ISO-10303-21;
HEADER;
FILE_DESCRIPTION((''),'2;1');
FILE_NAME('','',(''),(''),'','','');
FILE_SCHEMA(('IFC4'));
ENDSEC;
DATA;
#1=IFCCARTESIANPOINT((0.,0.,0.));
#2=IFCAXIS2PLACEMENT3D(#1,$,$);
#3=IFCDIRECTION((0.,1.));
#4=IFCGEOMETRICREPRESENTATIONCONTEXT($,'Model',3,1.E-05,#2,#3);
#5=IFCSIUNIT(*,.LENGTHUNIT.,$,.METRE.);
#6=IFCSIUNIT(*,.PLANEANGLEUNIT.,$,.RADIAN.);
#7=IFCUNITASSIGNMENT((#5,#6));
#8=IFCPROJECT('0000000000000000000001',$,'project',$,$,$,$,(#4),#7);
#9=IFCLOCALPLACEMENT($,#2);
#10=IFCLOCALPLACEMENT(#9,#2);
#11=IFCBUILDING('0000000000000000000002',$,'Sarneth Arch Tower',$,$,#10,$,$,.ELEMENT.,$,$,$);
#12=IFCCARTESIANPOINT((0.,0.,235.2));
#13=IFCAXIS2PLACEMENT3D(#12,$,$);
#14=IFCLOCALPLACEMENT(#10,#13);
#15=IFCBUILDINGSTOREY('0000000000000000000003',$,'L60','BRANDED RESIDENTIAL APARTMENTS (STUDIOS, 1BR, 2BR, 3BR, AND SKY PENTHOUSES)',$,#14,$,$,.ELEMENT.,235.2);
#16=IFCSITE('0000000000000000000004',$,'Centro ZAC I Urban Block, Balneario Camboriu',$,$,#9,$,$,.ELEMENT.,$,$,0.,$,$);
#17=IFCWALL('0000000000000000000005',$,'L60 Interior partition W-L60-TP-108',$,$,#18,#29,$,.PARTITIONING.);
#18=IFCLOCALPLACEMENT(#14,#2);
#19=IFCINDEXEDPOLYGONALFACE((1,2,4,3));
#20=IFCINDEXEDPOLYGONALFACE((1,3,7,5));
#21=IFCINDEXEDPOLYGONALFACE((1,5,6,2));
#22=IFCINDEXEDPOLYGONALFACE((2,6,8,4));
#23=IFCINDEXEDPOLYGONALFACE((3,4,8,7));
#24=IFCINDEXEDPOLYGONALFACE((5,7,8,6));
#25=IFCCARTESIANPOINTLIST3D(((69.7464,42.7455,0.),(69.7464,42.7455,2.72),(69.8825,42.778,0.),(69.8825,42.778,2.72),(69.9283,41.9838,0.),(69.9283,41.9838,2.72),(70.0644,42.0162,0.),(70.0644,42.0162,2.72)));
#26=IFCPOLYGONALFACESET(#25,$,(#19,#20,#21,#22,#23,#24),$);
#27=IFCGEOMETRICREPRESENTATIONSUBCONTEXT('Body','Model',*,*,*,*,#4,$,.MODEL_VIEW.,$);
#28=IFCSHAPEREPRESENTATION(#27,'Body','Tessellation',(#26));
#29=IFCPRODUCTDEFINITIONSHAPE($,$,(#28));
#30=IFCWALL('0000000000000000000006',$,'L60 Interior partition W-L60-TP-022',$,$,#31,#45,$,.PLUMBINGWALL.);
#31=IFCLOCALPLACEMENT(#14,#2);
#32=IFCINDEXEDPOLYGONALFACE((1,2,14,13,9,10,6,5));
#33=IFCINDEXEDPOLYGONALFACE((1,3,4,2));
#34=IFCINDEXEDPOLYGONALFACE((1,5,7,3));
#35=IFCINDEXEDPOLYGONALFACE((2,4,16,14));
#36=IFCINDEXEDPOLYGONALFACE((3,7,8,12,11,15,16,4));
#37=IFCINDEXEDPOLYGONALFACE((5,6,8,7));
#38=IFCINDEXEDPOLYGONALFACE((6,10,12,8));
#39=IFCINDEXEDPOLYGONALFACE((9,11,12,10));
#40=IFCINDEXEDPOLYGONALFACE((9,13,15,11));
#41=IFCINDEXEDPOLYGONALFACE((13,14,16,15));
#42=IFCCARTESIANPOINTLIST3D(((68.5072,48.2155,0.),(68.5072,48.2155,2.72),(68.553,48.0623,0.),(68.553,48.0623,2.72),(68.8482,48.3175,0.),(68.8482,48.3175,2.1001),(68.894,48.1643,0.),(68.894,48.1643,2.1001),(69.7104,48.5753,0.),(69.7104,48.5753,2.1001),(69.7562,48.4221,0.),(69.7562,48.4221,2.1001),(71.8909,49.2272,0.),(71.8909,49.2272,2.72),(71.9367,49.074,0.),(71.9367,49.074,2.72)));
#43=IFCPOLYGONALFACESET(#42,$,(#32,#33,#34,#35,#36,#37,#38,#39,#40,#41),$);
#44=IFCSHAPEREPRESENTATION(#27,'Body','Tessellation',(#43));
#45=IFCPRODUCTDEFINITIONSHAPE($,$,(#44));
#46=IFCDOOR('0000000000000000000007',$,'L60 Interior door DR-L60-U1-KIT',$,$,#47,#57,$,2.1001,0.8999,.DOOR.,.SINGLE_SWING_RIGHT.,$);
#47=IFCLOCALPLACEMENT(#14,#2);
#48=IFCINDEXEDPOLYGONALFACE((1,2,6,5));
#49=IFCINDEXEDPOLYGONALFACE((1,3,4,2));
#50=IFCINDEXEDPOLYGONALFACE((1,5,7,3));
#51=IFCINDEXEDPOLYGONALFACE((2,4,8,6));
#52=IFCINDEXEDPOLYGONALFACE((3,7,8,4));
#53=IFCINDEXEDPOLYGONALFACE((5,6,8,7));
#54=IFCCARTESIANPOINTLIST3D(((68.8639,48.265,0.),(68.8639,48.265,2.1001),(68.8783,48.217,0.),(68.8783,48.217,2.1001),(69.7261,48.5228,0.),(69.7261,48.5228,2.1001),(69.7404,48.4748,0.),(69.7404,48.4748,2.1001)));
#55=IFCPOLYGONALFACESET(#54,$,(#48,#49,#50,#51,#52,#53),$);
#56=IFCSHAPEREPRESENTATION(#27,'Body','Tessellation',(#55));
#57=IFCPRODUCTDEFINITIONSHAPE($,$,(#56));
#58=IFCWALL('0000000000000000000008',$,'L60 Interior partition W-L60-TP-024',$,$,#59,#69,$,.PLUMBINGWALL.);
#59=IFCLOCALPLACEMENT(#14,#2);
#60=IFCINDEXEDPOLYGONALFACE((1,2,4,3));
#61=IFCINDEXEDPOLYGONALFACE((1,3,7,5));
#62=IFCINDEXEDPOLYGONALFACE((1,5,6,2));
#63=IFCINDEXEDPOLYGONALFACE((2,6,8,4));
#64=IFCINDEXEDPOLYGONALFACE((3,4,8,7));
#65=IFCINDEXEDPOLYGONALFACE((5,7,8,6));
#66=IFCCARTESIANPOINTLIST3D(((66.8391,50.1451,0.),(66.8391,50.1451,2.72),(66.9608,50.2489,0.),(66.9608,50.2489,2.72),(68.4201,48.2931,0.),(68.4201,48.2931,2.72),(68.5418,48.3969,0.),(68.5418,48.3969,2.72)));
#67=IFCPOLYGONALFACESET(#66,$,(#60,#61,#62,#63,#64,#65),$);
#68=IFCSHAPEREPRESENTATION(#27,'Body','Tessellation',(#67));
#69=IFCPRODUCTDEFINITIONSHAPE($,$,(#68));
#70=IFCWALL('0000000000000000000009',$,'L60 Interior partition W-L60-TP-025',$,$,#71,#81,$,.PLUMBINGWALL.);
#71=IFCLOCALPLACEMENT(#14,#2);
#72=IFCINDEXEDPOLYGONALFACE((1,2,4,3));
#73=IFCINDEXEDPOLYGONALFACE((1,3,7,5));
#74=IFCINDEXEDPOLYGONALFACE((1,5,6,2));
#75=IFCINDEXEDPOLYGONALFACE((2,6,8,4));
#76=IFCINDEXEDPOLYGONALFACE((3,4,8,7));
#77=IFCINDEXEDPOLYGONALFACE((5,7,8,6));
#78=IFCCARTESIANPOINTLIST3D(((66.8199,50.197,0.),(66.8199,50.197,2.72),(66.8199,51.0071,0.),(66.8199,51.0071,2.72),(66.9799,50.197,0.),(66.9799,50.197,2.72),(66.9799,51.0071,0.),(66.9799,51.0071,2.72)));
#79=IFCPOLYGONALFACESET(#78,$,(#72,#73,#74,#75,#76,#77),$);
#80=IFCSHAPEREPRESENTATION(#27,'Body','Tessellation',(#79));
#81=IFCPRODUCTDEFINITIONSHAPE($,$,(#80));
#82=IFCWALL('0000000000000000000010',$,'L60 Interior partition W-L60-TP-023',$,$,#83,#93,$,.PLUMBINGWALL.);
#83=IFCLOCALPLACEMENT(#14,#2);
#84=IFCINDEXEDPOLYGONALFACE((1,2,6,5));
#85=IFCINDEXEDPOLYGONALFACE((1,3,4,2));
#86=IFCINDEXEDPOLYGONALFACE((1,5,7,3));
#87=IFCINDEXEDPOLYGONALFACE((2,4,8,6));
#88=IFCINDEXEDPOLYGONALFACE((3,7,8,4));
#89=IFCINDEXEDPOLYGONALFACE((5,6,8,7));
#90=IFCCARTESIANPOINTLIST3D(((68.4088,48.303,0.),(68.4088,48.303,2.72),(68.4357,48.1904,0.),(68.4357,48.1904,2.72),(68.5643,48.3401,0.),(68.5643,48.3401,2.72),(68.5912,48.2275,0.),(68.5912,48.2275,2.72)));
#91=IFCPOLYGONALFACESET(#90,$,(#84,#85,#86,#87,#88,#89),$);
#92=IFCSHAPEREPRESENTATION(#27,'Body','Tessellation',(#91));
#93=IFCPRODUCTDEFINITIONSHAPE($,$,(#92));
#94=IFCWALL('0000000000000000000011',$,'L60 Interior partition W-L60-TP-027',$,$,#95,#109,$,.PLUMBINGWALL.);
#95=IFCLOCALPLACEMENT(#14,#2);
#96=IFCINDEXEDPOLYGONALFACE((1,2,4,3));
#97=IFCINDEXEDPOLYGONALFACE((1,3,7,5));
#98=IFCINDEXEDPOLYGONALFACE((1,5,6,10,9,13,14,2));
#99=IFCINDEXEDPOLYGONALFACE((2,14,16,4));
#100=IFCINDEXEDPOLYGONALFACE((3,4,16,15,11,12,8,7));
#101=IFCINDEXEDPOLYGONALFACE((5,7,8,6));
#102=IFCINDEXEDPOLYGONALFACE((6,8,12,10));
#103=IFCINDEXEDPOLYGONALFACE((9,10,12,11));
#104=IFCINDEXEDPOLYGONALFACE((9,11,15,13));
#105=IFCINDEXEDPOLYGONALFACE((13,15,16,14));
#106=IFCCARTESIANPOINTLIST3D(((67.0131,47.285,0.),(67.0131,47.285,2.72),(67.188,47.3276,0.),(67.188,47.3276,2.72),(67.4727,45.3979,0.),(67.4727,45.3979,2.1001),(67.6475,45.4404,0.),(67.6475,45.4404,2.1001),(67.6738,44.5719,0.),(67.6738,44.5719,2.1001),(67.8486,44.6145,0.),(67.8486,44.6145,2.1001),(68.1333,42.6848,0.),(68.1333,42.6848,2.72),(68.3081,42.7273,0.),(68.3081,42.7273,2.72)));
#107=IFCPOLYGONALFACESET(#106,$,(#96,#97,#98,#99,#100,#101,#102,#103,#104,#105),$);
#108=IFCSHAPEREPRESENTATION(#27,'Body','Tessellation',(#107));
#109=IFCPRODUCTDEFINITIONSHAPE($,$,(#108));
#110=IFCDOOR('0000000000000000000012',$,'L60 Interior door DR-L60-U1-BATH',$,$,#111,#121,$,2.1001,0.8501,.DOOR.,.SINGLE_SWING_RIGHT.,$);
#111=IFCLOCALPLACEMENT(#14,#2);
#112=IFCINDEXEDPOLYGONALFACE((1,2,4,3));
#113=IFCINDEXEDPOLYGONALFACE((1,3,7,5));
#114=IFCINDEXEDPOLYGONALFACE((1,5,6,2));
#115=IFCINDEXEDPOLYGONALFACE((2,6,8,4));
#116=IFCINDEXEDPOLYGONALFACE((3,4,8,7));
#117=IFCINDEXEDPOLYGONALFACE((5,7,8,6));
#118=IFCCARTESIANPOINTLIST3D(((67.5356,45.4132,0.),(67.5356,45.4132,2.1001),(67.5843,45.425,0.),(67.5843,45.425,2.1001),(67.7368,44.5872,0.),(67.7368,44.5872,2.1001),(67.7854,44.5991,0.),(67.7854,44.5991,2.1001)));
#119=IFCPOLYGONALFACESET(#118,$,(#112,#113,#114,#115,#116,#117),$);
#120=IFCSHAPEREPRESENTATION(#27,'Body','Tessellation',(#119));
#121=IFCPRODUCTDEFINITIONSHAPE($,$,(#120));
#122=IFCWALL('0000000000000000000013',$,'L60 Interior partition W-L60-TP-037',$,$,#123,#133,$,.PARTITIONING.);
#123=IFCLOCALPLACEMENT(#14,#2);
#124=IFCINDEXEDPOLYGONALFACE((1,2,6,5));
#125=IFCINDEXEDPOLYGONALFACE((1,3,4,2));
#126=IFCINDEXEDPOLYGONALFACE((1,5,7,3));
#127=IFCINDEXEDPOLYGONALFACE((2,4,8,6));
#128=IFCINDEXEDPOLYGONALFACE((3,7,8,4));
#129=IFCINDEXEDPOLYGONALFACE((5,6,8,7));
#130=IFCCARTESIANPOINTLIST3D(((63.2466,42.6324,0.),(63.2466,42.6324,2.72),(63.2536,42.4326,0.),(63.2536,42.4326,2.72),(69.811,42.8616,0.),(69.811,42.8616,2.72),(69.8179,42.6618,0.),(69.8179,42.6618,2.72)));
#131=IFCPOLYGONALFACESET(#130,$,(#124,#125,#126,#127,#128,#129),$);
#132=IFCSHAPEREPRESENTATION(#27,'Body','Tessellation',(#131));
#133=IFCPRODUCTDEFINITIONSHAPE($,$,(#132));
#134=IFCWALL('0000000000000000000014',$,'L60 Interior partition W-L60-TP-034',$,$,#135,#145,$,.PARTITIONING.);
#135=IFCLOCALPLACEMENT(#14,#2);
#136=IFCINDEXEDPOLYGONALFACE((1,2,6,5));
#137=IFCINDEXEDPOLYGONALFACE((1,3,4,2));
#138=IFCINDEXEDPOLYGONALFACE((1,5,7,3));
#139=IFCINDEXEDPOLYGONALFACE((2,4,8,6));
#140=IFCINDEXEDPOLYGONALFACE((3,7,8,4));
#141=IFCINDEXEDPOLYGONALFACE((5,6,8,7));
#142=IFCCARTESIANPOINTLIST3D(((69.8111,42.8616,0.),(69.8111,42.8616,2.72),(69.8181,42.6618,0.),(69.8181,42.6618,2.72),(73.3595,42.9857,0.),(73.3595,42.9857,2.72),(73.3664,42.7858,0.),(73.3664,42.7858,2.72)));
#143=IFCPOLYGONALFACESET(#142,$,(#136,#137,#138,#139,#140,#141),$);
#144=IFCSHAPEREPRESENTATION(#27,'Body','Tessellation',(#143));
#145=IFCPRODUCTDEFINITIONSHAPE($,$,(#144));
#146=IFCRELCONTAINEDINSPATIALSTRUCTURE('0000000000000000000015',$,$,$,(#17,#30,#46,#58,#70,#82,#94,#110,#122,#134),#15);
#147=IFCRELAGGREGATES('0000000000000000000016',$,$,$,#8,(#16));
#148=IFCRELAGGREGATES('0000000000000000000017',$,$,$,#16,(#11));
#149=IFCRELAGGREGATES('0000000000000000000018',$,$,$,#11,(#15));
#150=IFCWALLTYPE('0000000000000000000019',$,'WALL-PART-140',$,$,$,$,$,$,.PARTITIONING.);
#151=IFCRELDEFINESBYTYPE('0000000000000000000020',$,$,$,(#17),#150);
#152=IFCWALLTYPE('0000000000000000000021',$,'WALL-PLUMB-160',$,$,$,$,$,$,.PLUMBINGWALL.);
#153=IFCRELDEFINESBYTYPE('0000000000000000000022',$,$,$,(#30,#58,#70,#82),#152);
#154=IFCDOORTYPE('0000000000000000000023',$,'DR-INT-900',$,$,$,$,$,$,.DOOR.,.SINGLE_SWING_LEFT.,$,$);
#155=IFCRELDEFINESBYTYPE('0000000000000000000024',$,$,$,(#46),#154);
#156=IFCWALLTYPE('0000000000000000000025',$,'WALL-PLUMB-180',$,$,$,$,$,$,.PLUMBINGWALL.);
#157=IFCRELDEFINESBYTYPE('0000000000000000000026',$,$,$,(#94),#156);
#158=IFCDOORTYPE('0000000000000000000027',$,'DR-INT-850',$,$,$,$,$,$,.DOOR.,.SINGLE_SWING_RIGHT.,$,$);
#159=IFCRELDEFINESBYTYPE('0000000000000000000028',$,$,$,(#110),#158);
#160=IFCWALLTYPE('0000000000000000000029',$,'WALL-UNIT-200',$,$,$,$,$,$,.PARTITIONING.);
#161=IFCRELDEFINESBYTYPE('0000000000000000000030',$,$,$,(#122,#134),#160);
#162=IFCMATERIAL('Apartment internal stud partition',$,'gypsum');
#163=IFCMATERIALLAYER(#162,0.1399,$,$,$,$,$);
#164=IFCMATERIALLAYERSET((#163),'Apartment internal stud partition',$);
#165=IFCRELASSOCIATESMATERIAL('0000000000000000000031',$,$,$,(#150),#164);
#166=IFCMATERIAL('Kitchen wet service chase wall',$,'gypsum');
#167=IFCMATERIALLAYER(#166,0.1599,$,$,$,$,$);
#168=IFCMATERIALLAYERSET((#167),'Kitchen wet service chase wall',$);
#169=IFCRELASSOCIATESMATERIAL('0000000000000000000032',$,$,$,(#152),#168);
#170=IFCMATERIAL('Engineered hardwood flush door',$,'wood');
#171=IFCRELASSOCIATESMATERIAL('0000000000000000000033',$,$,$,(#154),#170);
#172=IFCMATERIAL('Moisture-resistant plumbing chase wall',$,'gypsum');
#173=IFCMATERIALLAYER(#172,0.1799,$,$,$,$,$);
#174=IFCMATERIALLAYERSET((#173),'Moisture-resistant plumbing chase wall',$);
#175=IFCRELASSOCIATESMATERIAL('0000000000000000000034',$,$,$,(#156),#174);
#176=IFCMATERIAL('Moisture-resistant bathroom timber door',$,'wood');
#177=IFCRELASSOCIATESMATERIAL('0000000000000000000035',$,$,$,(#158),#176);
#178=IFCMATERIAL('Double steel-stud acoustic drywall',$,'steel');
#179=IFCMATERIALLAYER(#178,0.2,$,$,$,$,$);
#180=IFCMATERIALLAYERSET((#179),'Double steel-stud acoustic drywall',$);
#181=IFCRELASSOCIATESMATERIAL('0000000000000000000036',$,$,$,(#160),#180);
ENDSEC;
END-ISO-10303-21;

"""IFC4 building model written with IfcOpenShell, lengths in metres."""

from ifc_helpers import new_model, si_unit, direction, frame, frame_2d, origin, place, context, subcontext, project, spatial, rectangle, extrude, material, layer, layer_set, type_object, element, fill, save


model = new_model("IFC4")

# Units and contexts
model_context = context("Model", 3, precision=1e-05, world=origin(), true_north=direction((0.0, 1.0)))
body_context = subcontext(model_context, "Body", "Model", "MODEL_VIEW")
ifc_project = project(units=[si_unit("LENGTHUNIT", "METRE"), si_unit("PLANEANGLEUNIT", "RADIAN")], contexts=[model_context])

# Site, building, storey
site_placement = place(None, origin())
site = spatial("IfcSite", under=ifc_project, at=site_placement, Name="Centro ZAC I Urban Block, Balneario Camboriu", CompositionType="ELEMENT", RefElevation=0.0)
building_placement = place(site_placement, origin())
building = spatial("IfcBuilding", under=site, at=building_placement, Name="Sarneth Arch Tower", CompositionType="ELEMENT")
storey_placement = place(building_placement, frame((0.0, 0.0, 235.2)))
storey = spatial("IfcBuildingStorey", under=building, at=storey_placement, Name="L60", Description="BRANDED RESIDENTIAL APARTMENTS (STUDIOS, 1BR, 2BR, 3BR, AND SKY PENTHOUSES)", CompositionType="ELEMENT", Elevation=235.2)

# Wall
ifc_material_1 = material(Name="Apartment internal stud partition", Category="gypsum")
ifc_layer_1 = layer(ifc_material_1, 0.1399)
ifc_layer_set_1 = layer_set([ifc_layer_1], Name="Apartment internal stud partition")
wall_type_1 = type_object("IfcWallType", Name="WALL-PART-140", PredefinedType="PARTITIONING", material=ifc_layer_set_1)
wall_1_placement = place(storey_placement, frame((69.9963, 42.0, 0.0), z_axis=(0.0, 0.0, 1.0), x_axis=(-0.232253, 0.972655, 0.0)))
element("IfcWall", 1, at=wall_1_placement, inside=storey, type_object=wall_type_1, Name="L60 Interior partition W-L60-TP-108", PredefinedType="PARTITIONING", context=body_context, shape_type="SweptSolid", body=[
    extrude(rectangle(XDim=0.7832, YDim=0.1399, at=frame_2d((0.3916, 0.0))), origin(), (0.0, 0.0, 1.0), 2.72),
])

# Wall, opening, door
ifc_material_2 = material(Name="Kitchen wet service chase wall", Category="gypsum")
ifc_layer_2 = layer(ifc_material_2, 0.1599)
ifc_layer_set_2 = layer_set([ifc_layer_2], Name="Kitchen wet service chase wall")
wall_type_2 = type_object("IfcWallType", Name="WALL-PLUMB-160", PredefinedType="PLUMBINGWALL", material=ifc_layer_set_2)
wall_2_placement = place(storey_placement, frame((71.9138, 49.1506, 0.0), z_axis=(0.0, 0.0, 1.0), x_axis=(-0.958092, -0.28646, 0.0)))
wall_2 = element("IfcWall", 2, at=wall_2_placement, inside=storey, type_object=wall_type_2, Name="L60 Interior partition W-L60-TP-022", PredefinedType="PLUMBINGWALL", context=body_context, shape_type="SweptSolid", body=[
    extrude(rectangle(XDim=3.5317, YDim=0.1599, at=frame_2d((1.7659, 0.0))), origin(), (0.0, 0.0, 1.0), 2.72),
])
opening_1_placement = place(wall_2_placement, frame((2.2759, 0.0, 0.0)))
opening_1 = element("IfcOpeningElement", 3, at=opening_1_placement, cuts=wall_2, PredefinedType="OPENING", context=body_context, shape_type="SweptSolid", body=[
    extrude(rectangle(XDim=0.8999, YDim=2.1001, at=frame_2d((0.45, 1.05))), frame((0.0, 0.0898, 0.0), z_axis=(0.0, -1.0, 0.0), x_axis=(1.0, 0.0, 0.0)), (0.0, 0.0, 1.0), 0.1799),
])
ifc_material_3 = material(Name="Engineered hardwood flush door", Category="wood")
door_type_1 = type_object("IfcDoorType", Name="DR-INT-900", OperationType="SINGLE_SWING_LEFT", PredefinedType="DOOR", material=ifc_material_3)
door_1_placement = place(opening_1_placement, origin())
door_1 = element("IfcDoor", 4, at=door_1_placement, inside=storey, type_object=door_type_1, Name="L60 Interior door DR-L60-U1-KIT", OperationType="SINGLE_SWING_RIGHT", OverallHeight=2.1001, OverallWidth=0.8999, PredefinedType="DOOR", context=body_context, shape_type="SweptSolid", body=[
    extrude(rectangle(XDim=0.8999, YDim=2.1001, at=frame_2d((0.45, 1.05))), frame((0.0, 0.0249, 0.0), z_axis=(0.0, -1.0, 0.0), x_axis=(1.0, 0.0, 0.0)), (0.0, 0.0, 1.0), 0.05),
])
fill(opening_1, door_1)

# Walls
wall_3_placement = place(storey_placement, frame((68.481, 48.345, 0.0), z_axis=(0.0, 0.0, 1.0), x_axis=(-0.649271, 0.760557, 0.0)))
element("IfcWall", 5, at=wall_3_placement, inside=storey, type_object=wall_type_2, Name="L60 Interior partition W-L60-TP-024", PredefinedType="PLUMBINGWALL", context=body_context, shape_type="SweptSolid", body=[
    extrude(rectangle(XDim=2.4351, YDim=0.1599, at=frame_2d((1.2175, 0.0))), origin(), (0.0, 0.0, 1.0), 2.72),
])
wall_4_placement = place(storey_placement, frame((66.8999, 50.197, 0.0), z_axis=(0.0, 0.0, 1.0), x_axis=(0.0, 1.0, 0.0)))
element("IfcWall", 6, at=wall_4_placement, inside=storey, type_object=wall_type_2, Name="L60 Interior partition W-L60-TP-025", PredefinedType="PLUMBINGWALL", context=body_context, shape_type="SweptSolid", body=[
    extrude(rectangle(XDim=0.8101, YDim=0.1599, at=frame_2d((0.405, 0.0))), origin(), (0.0, 0.0, 1.0), 2.72),
])
wall_5_placement = place(storey_placement, frame((68.5134, 48.209, 0.0), z_axis=(0.0, 0.0, 1.0), x_axis=(-0.232096, 0.972693, 0.0)))
element("IfcWall", 7, at=wall_5_placement, inside=storey, type_object=wall_type_2, Name="L60 Interior partition W-L60-TP-023", PredefinedType="PLUMBINGWALL", context=body_context, shape_type="SweptSolid", body=[
    extrude(rectangle(XDim=0.1157, YDim=0.1599, at=frame_2d((0.0579, 0.0))), origin(), (0.0, 0.0, 1.0), 2.72),
])

# Wall, opening, door
ifc_material_4 = material(Name="Moisture-resistant plumbing chase wall", Category="gypsum")
ifc_layer_3 = layer(ifc_material_4, 0.1799)
ifc_layer_set_3 = layer_set([ifc_layer_3], Name="Moisture-resistant plumbing chase wall")
wall_type_3 = type_object("IfcWallType", Name="WALL-PLUMB-180", PredefinedType="PLUMBINGWALL", material=ifc_layer_set_3)
wall_6_placement = place(storey_placement, frame((67.1006, 47.3062, 0.0), z_axis=(0.0, 0.0, 1.0), x_axis=(0.236586, -0.971611, 0.0)))
wall_6 = element("IfcWall", 8, at=wall_6_placement, inside=storey, type_object=wall_type_3, Name="L60 Interior partition W-L60-TP-027", PredefinedType="PLUMBINGWALL", context=body_context, shape_type="SweptSolid", body=[
    extrude(rectangle(XDim=4.7346, YDim=0.1799, at=frame_2d((2.3672, 0.0))), origin(), (0.0, 0.0, 1.0), 2.72),
])
opening_2_placement = place(wall_6_placement, frame((1.9421, 0.0, 0.0)))
opening_2 = element("IfcOpeningElement", 9, at=opening_2_placement, cuts=wall_6, PredefinedType="OPENING", context=body_context, shape_type="SweptSolid", body=[
    extrude(rectangle(XDim=0.8501, YDim=2.1001, at=frame_2d((0.425, 1.05))), frame((0.0, 0.0999, 0.0), z_axis=(0.0, -1.0, 0.0), x_axis=(1.0, 0.0, 0.0)), (0.0, 0.0, 1.0), 0.2),
])
ifc_material_5 = material(Name="Moisture-resistant bathroom timber door", Category="wood")
door_type_2 = type_object("IfcDoorType", Name="DR-INT-850", OperationType="SINGLE_SWING_RIGHT", PredefinedType="DOOR", material=ifc_material_5)
door_2_placement = place(opening_2_placement, origin())
door_2 = element("IfcDoor", 10, at=door_2_placement, inside=storey, type_object=door_type_2, Name="L60 Interior door DR-L60-U1-BATH", OperationType="SINGLE_SWING_RIGHT", OverallHeight=2.1001, OverallWidth=0.8501, PredefinedType="DOOR", context=body_context, shape_type="SweptSolid", body=[
    extrude(rectangle(XDim=0.8501, YDim=2.1001, at=frame_2d((0.425, 1.05))), frame((0.0, 0.0249, 0.0), z_axis=(0.0, -1.0, 0.0), x_axis=(1.0, 0.0, 0.0)), (0.0, 0.0, 1.0), 0.05),
])
fill(opening_2, door_2)

# Walls
ifc_material_6 = material(Name="Double steel-stud acoustic drywall", Category="steel")
ifc_layer_4 = layer(ifc_material_6, 0.2)
ifc_layer_set_4 = layer_set([ifc_layer_4], Name="Double steel-stud acoustic drywall")
wall_type_4 = type_object("IfcWallType", Name="WALL-UNIT-200", PredefinedType="PARTITIONING", material=ifc_layer_set_4)
wall_7_placement = place(storey_placement, frame((69.8145, 42.7617, 0.0), z_axis=(0.0, 0.0, 1.0), x_axis=(-0.999391, -0.034901, 0.0)))
element("IfcWall", 11, at=wall_7_placement, inside=storey, type_object=wall_type_4, Name="L60 Interior partition W-L60-TP-037", PredefinedType="PARTITIONING", context=body_context, shape_type="SweptSolid", body=[
    extrude(rectangle(XDim=6.5684, YDim=0.2, at=frame_2d((3.2842, 0.0))), origin(), (0.0, 0.0, 1.0), 2.72),
])
wall_8_placement = place(storey_placement, frame((69.8145, 42.7617, 0.0), z_axis=(0.0, 0.0, 1.0), x_axis=(0.99939, 0.034931, 0.0)))
element("IfcWall", 12, at=wall_8_placement, inside=storey, type_object=wall_type_4, Name="L60 Interior partition W-L60-TP-034", PredefinedType="PARTITIONING", context=body_context, shape_type="SweptSolid", body=[
    extrude(rectangle(XDim=3.5505, YDim=0.2, at=frame_2d((1.7754, 0.0))), origin(), (0.0, 0.0, 1.0), 2.72),
])

save(model, "model.ifc")
